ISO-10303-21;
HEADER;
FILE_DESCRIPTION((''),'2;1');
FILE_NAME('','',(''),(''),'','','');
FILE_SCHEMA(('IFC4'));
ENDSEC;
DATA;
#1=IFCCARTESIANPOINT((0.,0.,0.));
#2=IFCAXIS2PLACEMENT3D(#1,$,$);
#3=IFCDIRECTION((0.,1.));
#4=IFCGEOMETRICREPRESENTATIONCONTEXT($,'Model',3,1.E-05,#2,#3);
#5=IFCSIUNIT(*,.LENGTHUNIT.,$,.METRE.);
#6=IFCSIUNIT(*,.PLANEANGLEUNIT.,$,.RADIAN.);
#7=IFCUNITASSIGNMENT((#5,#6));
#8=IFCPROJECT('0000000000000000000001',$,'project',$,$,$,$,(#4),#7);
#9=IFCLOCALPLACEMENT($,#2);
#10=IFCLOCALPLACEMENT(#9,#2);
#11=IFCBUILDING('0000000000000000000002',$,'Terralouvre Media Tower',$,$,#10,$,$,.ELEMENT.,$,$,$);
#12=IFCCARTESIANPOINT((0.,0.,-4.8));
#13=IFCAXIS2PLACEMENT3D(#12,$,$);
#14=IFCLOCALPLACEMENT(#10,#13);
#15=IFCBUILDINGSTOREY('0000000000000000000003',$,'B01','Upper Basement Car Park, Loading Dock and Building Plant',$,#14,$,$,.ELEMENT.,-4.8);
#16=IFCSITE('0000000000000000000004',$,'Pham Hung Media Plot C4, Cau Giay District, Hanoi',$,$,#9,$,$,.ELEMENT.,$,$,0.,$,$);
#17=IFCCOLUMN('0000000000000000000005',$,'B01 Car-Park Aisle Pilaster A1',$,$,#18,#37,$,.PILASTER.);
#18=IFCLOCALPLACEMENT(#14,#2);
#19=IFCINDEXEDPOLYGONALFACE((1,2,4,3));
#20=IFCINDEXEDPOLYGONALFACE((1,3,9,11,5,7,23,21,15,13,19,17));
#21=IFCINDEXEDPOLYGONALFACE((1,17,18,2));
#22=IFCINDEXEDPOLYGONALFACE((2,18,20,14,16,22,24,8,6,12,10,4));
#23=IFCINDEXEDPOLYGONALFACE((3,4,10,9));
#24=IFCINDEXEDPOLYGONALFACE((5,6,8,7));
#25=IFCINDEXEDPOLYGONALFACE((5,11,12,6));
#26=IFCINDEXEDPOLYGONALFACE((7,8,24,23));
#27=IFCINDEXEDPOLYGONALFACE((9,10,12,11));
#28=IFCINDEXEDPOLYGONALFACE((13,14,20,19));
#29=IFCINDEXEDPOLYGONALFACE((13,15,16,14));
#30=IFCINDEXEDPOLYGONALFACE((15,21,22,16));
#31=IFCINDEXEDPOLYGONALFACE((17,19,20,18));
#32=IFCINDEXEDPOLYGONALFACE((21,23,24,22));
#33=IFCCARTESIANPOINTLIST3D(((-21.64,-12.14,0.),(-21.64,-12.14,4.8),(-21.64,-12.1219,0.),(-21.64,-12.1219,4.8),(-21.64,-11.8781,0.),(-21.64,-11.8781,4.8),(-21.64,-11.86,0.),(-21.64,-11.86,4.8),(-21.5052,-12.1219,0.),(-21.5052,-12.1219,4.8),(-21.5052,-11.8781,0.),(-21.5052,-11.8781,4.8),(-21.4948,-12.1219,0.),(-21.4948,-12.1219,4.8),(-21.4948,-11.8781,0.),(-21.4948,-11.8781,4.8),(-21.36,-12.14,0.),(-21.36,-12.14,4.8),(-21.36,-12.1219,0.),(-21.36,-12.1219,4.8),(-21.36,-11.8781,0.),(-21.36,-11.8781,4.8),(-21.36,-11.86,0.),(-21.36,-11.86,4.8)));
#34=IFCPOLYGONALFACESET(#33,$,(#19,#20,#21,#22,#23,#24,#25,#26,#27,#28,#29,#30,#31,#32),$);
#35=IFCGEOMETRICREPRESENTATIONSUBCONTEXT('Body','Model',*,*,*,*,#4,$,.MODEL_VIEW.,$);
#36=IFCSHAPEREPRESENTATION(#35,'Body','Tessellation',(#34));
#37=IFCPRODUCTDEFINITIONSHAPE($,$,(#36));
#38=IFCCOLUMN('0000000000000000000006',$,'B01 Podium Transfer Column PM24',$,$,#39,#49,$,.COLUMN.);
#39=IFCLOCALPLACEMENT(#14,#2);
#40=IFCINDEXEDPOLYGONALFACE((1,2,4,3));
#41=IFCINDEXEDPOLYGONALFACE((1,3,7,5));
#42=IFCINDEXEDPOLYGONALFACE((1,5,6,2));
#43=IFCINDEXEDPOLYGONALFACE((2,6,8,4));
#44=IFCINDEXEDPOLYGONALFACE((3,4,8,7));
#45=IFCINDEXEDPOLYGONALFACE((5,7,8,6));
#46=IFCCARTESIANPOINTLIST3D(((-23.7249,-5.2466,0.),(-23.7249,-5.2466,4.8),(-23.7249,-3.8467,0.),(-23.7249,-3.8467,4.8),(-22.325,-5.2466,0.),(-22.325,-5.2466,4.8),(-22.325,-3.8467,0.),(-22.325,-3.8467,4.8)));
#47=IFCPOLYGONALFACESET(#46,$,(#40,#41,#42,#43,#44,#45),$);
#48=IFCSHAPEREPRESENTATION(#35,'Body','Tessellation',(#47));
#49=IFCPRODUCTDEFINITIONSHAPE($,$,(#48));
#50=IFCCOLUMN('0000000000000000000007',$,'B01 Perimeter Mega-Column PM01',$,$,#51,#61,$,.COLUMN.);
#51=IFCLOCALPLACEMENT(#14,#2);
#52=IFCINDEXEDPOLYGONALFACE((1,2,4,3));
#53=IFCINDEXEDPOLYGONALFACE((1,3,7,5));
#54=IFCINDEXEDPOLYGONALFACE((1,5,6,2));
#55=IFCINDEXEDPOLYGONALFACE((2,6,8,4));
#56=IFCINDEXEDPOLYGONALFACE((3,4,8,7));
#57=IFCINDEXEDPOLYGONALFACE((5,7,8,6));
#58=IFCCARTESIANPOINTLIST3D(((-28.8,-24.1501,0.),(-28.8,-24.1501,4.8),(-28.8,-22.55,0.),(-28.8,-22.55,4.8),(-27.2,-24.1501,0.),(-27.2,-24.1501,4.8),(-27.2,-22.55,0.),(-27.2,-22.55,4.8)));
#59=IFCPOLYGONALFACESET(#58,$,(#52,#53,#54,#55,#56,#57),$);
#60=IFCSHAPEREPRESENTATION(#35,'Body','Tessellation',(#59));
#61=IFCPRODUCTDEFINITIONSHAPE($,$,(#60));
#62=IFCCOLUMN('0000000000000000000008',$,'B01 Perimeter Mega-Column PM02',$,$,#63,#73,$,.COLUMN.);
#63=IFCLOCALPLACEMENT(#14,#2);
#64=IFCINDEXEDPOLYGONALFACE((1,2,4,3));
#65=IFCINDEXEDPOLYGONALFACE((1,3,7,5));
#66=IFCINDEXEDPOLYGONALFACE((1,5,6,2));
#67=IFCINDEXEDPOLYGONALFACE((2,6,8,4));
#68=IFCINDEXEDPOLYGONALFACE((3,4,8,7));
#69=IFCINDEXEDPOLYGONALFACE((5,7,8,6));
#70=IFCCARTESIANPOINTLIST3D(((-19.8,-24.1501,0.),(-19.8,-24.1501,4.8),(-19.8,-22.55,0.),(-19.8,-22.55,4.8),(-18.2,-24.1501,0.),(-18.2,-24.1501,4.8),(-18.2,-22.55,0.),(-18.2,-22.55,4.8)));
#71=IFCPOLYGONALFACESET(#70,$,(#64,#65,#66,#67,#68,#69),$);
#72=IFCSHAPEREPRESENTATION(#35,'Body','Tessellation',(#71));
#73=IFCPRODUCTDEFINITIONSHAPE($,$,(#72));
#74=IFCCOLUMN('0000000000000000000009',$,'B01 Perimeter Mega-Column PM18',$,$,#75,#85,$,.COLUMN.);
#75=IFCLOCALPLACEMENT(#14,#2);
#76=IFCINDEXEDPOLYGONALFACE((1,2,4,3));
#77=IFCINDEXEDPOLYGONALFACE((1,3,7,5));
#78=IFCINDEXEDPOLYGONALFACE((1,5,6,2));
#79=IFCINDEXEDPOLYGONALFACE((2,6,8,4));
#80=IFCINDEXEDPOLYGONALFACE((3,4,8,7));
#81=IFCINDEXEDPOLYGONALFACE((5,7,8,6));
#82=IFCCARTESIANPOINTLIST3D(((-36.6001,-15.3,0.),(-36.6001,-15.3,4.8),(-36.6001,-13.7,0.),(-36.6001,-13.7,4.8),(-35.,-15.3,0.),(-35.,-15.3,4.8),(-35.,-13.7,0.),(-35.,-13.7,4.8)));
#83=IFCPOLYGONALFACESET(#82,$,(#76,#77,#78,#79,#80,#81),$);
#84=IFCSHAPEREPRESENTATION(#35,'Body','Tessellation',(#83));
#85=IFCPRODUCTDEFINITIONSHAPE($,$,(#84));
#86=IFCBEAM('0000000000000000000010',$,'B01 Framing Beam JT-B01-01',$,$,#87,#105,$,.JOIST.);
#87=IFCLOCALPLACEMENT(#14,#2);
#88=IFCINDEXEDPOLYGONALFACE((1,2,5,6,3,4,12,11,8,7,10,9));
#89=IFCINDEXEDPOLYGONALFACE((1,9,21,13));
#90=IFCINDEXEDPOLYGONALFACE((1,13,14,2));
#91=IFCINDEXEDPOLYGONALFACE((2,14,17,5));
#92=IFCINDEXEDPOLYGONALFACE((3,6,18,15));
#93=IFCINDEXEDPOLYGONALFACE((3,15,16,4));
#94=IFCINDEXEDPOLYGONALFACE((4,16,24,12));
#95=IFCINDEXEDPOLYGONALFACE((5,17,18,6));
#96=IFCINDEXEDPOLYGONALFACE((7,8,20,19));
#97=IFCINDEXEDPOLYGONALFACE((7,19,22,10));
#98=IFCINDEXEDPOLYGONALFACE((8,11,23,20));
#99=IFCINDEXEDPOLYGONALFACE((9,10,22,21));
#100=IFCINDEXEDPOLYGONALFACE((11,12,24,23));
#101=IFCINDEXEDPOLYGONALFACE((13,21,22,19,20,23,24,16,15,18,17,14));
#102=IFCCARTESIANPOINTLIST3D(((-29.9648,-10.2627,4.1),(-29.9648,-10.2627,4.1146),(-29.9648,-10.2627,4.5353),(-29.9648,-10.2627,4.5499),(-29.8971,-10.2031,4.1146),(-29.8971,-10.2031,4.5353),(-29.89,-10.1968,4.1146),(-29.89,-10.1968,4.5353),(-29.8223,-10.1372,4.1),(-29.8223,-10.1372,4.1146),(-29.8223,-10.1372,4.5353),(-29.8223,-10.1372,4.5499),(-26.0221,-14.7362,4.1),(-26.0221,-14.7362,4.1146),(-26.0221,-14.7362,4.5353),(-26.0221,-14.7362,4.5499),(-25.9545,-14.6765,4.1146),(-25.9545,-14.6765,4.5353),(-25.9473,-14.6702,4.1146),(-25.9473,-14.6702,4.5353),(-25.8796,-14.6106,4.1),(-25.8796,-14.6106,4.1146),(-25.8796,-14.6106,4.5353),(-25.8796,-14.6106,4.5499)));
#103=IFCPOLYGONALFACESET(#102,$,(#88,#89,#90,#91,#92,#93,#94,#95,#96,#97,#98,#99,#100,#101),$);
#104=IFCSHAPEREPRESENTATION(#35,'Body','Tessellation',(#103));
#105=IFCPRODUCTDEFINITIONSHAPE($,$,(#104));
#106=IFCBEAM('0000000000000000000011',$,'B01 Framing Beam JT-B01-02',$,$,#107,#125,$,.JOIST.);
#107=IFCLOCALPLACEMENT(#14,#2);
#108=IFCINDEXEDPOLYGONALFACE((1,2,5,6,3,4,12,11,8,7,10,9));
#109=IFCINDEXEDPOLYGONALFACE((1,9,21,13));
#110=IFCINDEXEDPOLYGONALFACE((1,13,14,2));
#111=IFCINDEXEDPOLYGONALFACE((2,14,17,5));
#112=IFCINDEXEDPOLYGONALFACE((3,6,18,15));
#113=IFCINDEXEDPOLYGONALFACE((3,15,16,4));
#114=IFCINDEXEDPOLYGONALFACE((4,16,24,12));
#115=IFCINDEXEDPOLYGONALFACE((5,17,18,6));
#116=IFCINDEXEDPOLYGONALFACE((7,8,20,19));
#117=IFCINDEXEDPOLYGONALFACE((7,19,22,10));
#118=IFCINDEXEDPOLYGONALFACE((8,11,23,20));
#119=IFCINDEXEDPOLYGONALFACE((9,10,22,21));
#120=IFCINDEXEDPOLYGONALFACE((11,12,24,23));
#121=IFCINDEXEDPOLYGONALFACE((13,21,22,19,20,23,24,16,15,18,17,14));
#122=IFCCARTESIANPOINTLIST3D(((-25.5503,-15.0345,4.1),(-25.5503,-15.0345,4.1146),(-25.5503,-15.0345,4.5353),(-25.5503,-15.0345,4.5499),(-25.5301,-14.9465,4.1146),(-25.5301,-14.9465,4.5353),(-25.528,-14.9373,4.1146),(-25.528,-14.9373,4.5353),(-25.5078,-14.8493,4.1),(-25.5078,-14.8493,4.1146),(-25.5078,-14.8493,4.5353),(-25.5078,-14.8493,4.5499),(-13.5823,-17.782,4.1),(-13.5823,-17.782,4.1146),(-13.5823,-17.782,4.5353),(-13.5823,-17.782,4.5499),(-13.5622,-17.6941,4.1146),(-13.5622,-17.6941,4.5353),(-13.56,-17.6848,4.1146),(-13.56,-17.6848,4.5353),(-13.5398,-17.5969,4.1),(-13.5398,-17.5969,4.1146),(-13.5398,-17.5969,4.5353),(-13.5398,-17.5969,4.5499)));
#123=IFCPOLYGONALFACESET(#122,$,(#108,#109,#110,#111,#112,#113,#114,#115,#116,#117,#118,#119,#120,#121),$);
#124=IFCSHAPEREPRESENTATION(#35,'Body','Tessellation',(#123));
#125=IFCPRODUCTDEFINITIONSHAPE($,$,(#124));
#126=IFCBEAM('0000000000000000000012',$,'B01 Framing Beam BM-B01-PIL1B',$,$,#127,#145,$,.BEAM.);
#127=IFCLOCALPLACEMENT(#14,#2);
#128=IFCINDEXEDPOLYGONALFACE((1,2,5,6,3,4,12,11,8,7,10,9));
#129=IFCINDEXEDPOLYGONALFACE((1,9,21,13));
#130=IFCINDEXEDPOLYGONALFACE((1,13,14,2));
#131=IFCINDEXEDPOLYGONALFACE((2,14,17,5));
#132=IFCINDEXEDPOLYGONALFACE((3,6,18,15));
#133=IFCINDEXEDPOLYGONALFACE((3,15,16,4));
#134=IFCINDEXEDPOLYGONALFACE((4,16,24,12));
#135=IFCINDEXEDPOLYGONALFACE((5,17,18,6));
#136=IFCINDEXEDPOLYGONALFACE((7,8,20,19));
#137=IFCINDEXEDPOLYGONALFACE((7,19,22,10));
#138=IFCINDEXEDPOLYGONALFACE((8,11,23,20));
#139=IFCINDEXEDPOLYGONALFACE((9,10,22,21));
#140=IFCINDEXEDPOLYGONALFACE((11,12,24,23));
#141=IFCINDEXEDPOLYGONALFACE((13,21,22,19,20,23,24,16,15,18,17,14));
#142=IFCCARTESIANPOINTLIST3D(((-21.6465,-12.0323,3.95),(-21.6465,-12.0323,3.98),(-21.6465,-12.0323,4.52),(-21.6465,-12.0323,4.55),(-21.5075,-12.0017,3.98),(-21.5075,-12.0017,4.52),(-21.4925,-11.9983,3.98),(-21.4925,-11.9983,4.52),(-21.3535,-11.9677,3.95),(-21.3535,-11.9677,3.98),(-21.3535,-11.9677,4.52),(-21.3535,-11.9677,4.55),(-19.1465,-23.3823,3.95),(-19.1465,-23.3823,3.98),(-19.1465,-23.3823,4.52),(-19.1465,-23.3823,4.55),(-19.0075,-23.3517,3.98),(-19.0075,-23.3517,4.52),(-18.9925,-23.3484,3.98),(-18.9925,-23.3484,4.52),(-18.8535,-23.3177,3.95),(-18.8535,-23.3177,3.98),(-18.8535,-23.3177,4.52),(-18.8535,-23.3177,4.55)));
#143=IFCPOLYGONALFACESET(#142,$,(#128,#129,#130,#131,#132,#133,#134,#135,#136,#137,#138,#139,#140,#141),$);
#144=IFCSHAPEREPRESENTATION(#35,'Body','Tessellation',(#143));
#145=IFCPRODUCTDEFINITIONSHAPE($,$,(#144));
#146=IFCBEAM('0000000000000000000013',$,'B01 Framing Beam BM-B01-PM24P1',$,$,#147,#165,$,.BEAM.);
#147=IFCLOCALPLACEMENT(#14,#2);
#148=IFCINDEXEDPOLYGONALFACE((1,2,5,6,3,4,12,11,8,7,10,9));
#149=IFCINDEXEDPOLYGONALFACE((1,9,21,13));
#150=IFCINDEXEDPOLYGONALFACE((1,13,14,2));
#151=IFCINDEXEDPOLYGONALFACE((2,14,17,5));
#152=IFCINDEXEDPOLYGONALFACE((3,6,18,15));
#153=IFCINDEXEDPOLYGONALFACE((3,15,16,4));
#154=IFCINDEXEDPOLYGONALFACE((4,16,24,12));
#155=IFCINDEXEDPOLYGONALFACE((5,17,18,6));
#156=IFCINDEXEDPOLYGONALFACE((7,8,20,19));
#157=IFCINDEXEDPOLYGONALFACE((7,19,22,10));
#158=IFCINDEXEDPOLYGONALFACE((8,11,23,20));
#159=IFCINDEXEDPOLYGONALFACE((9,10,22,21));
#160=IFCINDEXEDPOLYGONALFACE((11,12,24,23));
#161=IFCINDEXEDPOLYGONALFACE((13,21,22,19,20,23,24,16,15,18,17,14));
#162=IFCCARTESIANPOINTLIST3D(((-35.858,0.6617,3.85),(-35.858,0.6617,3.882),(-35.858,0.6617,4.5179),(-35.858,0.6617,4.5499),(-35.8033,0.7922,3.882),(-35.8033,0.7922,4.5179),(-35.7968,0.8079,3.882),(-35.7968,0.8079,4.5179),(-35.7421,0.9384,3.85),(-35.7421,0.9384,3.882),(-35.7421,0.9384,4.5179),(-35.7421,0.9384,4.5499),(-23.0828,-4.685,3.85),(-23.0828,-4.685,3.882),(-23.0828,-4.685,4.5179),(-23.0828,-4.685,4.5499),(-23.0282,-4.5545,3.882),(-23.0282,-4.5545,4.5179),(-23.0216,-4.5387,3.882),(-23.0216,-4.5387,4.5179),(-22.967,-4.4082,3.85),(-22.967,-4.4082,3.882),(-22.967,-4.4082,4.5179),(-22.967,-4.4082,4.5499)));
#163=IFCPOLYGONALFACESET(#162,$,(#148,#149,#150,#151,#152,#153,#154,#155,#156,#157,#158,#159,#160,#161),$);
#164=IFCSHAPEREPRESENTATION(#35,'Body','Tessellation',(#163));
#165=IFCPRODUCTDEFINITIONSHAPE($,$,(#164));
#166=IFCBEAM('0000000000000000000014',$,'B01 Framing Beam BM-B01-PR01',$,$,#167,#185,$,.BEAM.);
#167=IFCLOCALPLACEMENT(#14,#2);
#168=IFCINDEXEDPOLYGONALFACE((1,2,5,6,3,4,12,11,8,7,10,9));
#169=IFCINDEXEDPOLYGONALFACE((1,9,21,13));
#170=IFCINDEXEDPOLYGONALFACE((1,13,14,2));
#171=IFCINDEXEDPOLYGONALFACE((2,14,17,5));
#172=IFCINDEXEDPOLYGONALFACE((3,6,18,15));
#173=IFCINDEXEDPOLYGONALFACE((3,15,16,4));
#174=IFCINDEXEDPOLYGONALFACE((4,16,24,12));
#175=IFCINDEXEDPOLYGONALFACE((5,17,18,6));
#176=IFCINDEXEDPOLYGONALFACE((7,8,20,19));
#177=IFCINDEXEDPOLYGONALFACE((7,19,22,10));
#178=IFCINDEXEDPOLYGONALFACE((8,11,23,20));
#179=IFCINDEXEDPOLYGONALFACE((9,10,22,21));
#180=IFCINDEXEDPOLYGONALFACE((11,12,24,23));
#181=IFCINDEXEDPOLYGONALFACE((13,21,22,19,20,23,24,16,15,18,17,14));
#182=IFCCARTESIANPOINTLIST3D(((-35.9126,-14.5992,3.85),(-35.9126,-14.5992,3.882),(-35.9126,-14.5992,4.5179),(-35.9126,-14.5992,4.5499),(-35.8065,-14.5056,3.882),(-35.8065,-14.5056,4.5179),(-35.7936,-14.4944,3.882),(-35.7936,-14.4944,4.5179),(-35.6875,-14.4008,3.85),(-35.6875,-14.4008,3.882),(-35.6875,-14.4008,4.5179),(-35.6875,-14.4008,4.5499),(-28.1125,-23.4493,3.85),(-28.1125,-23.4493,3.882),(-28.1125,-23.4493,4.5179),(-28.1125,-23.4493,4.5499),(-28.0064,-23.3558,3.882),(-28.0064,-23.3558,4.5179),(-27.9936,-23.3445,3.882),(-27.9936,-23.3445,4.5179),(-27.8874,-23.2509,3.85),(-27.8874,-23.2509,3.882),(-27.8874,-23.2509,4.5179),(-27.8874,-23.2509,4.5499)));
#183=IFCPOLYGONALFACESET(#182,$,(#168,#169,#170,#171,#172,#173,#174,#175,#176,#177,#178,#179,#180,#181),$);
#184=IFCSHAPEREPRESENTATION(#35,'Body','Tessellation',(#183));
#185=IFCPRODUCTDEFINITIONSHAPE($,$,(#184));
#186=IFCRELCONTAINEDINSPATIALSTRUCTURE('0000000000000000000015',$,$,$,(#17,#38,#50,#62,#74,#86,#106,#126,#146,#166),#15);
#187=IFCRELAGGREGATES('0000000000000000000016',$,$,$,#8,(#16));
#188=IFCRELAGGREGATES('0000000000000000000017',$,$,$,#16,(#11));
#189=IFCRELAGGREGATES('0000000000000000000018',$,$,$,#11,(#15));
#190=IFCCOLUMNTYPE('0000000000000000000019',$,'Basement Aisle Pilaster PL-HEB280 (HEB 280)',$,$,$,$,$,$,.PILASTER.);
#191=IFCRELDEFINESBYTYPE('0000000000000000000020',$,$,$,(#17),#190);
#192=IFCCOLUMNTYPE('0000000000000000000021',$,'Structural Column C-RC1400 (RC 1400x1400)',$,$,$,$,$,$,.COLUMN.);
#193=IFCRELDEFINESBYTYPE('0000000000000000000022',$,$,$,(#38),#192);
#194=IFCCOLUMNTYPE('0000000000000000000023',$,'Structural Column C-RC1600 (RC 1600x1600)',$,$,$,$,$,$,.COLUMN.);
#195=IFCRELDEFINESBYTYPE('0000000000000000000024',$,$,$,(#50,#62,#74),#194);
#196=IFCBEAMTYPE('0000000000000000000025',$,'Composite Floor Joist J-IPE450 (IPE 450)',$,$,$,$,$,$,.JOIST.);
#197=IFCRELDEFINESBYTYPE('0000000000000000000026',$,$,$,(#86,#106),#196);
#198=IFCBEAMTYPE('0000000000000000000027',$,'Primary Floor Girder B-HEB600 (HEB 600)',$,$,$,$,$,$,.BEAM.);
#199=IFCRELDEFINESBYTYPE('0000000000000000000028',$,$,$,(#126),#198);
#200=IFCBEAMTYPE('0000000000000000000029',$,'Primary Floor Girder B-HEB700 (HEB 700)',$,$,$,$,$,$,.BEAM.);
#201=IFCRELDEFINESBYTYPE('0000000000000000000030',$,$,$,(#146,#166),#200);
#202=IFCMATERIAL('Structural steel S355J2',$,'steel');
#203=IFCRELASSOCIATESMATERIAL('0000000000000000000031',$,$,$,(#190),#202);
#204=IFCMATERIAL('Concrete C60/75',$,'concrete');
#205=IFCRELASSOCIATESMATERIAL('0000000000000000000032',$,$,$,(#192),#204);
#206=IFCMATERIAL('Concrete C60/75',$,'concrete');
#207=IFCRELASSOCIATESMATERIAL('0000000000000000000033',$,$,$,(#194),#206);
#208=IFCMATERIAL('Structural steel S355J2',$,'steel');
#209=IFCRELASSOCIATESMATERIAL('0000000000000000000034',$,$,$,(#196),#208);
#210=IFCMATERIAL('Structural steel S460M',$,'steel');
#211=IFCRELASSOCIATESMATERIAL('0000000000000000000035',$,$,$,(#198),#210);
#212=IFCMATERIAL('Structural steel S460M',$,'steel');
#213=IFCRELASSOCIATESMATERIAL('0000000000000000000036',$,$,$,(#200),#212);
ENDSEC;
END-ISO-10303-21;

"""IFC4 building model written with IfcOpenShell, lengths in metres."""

from ifc_helpers import new_model, si_unit, direction, frame, origin, origin_2d, place, context, subcontext, project, spatial, rectangle, i_section, extrude, material, material_profile, profile_set, type_object, element, save


model = new_model("IFC4")

# Units and contexts
model_context = context("Model", 3, precision=1e-05, world=origin(), true_north=direction((0.0, 1.0)))
body_context = subcontext(model_context, "Body", "Model", "MODEL_VIEW")
ifc_project = project(units=[si_unit("LENGTHUNIT", "METRE"), si_unit("PLANEANGLEUNIT", "RADIAN")], contexts=[model_context])

# Site, building, storey
site_placement = place(None, origin())
site = spatial("IfcSite", under=ifc_project, at=site_placement, Name="Pham Hung Media Plot C4, Cau Giay District, Hanoi", CompositionType="ELEMENT", RefElevation=0.0)
building_placement = place(site_placement, origin())
building = spatial("IfcBuilding", under=site, at=building_placement, Name="Terralouvre Media Tower", CompositionType="ELEMENT")
storey_placement = place(building_placement, frame((0.0, 0.0, -4.8)))
storey = spatial("IfcBuildingStorey", under=building, at=storey_placement, Name="B01", Description="Upper Basement Car Park, Loading Dock and Building Plant", CompositionType="ELEMENT", Elevation=-4.8)

# Columns
ifc_material_1 = material(Name="Structural steel S355J2", Category="steel")
ifc_material_profile_1 = material_profile(ifc_material_1, i_section(OverallWidth=0.28, OverallDepth=0.28, WebThickness=0.0105, FlangeThickness=0.0181, at=origin_2d()), Name="HEB 280")
ifc_profile_set_1 = profile_set([ifc_material_profile_1], Name="Structural steel S355J2")
column_type_1 = type_object("IfcColumnType", Name="Basement Aisle Pilaster PL-HEB280 (HEB 280)", PredefinedType="PILASTER", material=ifc_profile_set_1)
column_1_placement = place(storey_placement, frame((-21.5, -12.0, 0.0), z_axis=(0.0, 0.0, 1.0), x_axis=(1.0, 0.0, 0.0)))
element("IfcColumn", 1, at=column_1_placement, inside=storey, type_object=column_type_1, Name="B01 Car-Park Aisle Pilaster A1", PredefinedType="PILASTER", context=body_context, shape_type="SweptSolid", body=[
    extrude(i_section(OverallWidth=0.28, OverallDepth=0.28, WebThickness=0.0105, FlangeThickness=0.0181, at=origin_2d()), origin(), (0.0, 0.0, 1.0), 4.8),
])
ifc_material_2 = material(Name="Concrete C60/75", Category="concrete")
ifc_material_profile_2 = material_profile(ifc_material_2, rectangle(XDim=1.3999, YDim=1.3999, at=origin_2d()), Name="RC 1400x1400")
ifc_profile_set_2 = profile_set([ifc_material_profile_2], Name="Concrete C60/75")
column_type_2 = type_object("IfcColumnType", Name="Structural Column C-RC1400 (RC 1400x1400)", PredefinedType="COLUMN", material=ifc_profile_set_2)
column_2_placement = place(storey_placement, frame((-23.0249, -4.5466, 0.0), z_axis=(0.0, 0.0, 1.0), x_axis=(1.0, 0.0, 0.0)))
element("IfcColumn", 2, at=column_2_placement, inside=storey, type_object=column_type_2, Name="B01 Podium Transfer Column PM24", PredefinedType="COLUMN", context=body_context, shape_type="SweptSolid", body=[
    extrude(rectangle(XDim=1.3999, YDim=1.3999, at=origin_2d()), origin(), (0.0, 0.0, 1.0), 4.8),
])
ifc_material_3 = material(Name="Concrete C60/75", Category="concrete")
ifc_material_profile_3 = material_profile(ifc_material_3, rectangle(XDim=1.6001, YDim=1.6001, at=origin_2d()), Name="RC 1600x1600")
ifc_profile_set_3 = profile_set([ifc_material_profile_3], Name="Concrete C60/75")
column_type_3 = type_object("IfcColumnType", Name="Structural Column C-RC1600 (RC 1600x1600)", PredefinedType="COLUMN", material=ifc_profile_set_3)
for number, where, z_axis, x_axis, name in (
    (3, (-28.0, -23.3501, 0.0), (0.0, 0.0, 1.0), (1.0, 0.0, 0.0), "B01 Perimeter Mega-Column PM01"),
    (4, (-19.0, -23.3501, 0.0), (0.0, 0.0, 1.0), (1.0, 0.0, 0.0), "B01 Perimeter Mega-Column PM02"),
    (5, (-35.8, -14.5, 0.0), (0.0, 0.0, 1.0), (1.0, 0.0, 0.0), "B01 Perimeter Mega-Column PM18"),
):
    element("IfcColumn", number, at=place(storey_placement, frame(where, z_axis=z_axis, x_axis=x_axis)), inside=storey, type_object=column_type_3, Name=name, PredefinedType="COLUMN", context=body_context, shape_type="SweptSolid", body=[
        extrude(rectangle(XDim=1.6001, YDim=1.6001, at=origin_2d()), origin(), (0.0, 0.0, 1.0), 4.8),
    ])

# Beams
ifc_material_4 = material(Name="Structural steel S355J2", Category="steel")
ifc_material_profile_4 = material_profile(ifc_material_4, i_section(OverallWidth=0.1899, OverallDepth=0.45, WebThickness=0.0095, FlangeThickness=0.0146, at=origin_2d()), Name="IPE 450")
ifc_profile_set_4 = profile_set([ifc_material_profile_4], Name="Structural steel S355J2")
beam_type_1 = type_object("IfcBeamType", Name="Composite Floor Joist J-IPE450 (IPE 450)", PredefinedType="JOIST", material=ifc_profile_set_4)
beam_1_placement = place(storey_placement, frame((-29.8936, -10.2, 4.325), z_axis=(0.661199, -0.750211, 0.0), x_axis=(0.750211, 0.661199, 0.0)))
element("IfcBeam", 6, at=beam_1_placement, inside=storey, type_object=beam_type_1, Name="B01 Framing Beam JT-B01-01", PredefinedType="JOIST", context=body_context, shape_type="SweptSolid", body=[
    extrude(i_section(OverallWidth=0.1899, OverallDepth=0.45, WebThickness=0.0095, FlangeThickness=0.0146, at=origin_2d()), origin(), (0.0, 0.0, 1.0), 5.9629),
])
beam_2_placement = place(storey_placement, frame((-25.5291, -14.9419, 4.325), z_axis=(0.974646, -0.223754, 0.0), x_axis=(0.223754, 0.974646, 0.0)))
element("IfcBeam", 7, at=beam_2_placement, inside=storey, type_object=beam_type_1, Name="B01 Framing Beam JT-B01-02", PredefinedType="JOIST", context=body_context, shape_type="SweptSolid", body=[
    extrude(i_section(OverallWidth=0.1899, OverallDepth=0.45, WebThickness=0.0095, FlangeThickness=0.0146, at=origin_2d()), origin(), (0.0, 0.0, 1.0), 12.2793),
])
ifc_material_5 = material(Name="Structural steel S460M", Category="steel")
ifc_material_profile_5 = material_profile(ifc_material_5, i_section(OverallWidth=0.3, OverallDepth=0.6001, WebThickness=0.0154, FlangeThickness=0.03, at=origin_2d()), Name="HEB 600")
ifc_profile_set_5 = profile_set([ifc_material_profile_5], Name="Structural steel S460M")
beam_type_2 = type_object("IfcBeamType", Name="Primary Floor Girder B-HEB600 (HEB 600)", PredefinedType="BEAM", material=ifc_profile_set_5)
beam_3_placement = place(storey_placement, frame((-21.5, -12.0, 4.25), z_axis=(0.215106, -0.976591, 0.0), x_axis=(0.976591, 0.215106, 0.0)))
element("IfcBeam", 8, at=beam_3_placement, inside=storey, type_object=beam_type_2, Name="B01 Framing Beam BM-B01-PIL1B", PredefinedType="BEAM", context=body_context, shape_type="SweptSolid", body=[
    extrude(i_section(OverallWidth=0.3, OverallDepth=0.6001, WebThickness=0.0154, FlangeThickness=0.03, at=origin_2d()), origin(), (0.0, 0.0, 1.0), 11.6221),
])
ifc_material_6 = material(Name="Structural steel S460M", Category="steel")
ifc_material_profile_6 = material_profile(ifc_material_6, i_section(OverallWidth=0.3, OverallDepth=0.7, WebThickness=0.0171, FlangeThickness=0.032, at=origin_2d()), Name="HEB 700")
ifc_profile_set_6 = profile_set([ifc_material_profile_6], Name="Structural steel S460M")
beam_type_3 = type_object("IfcBeamType", Name="Primary Floor Girder B-HEB700 (HEB 700)", PredefinedType="BEAM", material=ifc_profile_set_6)
beam_4_placement = place(storey_placement, frame((-23.0249, -4.5466, 4.2), z_axis=(-0.922468, 0.386073, 0.0), x_axis=(-0.386073, -0.922468, 0.0)))
element("IfcBeam", 9, at=beam_4_placement, inside=storey, type_object=beam_type_3, Name="B01 Framing Beam BM-B01-PM24P1", PredefinedType="BEAM", context=body_context, shape_type="SweptSolid", body=[
    extrude(i_section(OverallWidth=0.3, OverallDepth=0.7, WebThickness=0.0171, FlangeThickness=0.032, at=origin_2d()), origin(), (0.0, 0.0, 1.0), 13.8489),
])
beam_5_placement = place(storey_placement, frame((-35.8, -14.5, 4.2), z_axis=(0.661199, -0.75021, 0.0), x_axis=(0.75021, 0.661199, 0.0)))
element("IfcBeam", 10, at=beam_5_placement, inside=storey, type_object=beam_type_3, Name="B01 Framing Beam BM-B01-PR01", PredefinedType="BEAM", context=body_context, shape_type="SweptSolid", body=[
    extrude(i_section(OverallWidth=0.3, OverallDepth=0.7, WebThickness=0.0171, FlangeThickness=0.032, at=origin_2d()), origin(), (0.0, 0.0, 1.0), 11.7969),
])

save(model, "model.ifc")
